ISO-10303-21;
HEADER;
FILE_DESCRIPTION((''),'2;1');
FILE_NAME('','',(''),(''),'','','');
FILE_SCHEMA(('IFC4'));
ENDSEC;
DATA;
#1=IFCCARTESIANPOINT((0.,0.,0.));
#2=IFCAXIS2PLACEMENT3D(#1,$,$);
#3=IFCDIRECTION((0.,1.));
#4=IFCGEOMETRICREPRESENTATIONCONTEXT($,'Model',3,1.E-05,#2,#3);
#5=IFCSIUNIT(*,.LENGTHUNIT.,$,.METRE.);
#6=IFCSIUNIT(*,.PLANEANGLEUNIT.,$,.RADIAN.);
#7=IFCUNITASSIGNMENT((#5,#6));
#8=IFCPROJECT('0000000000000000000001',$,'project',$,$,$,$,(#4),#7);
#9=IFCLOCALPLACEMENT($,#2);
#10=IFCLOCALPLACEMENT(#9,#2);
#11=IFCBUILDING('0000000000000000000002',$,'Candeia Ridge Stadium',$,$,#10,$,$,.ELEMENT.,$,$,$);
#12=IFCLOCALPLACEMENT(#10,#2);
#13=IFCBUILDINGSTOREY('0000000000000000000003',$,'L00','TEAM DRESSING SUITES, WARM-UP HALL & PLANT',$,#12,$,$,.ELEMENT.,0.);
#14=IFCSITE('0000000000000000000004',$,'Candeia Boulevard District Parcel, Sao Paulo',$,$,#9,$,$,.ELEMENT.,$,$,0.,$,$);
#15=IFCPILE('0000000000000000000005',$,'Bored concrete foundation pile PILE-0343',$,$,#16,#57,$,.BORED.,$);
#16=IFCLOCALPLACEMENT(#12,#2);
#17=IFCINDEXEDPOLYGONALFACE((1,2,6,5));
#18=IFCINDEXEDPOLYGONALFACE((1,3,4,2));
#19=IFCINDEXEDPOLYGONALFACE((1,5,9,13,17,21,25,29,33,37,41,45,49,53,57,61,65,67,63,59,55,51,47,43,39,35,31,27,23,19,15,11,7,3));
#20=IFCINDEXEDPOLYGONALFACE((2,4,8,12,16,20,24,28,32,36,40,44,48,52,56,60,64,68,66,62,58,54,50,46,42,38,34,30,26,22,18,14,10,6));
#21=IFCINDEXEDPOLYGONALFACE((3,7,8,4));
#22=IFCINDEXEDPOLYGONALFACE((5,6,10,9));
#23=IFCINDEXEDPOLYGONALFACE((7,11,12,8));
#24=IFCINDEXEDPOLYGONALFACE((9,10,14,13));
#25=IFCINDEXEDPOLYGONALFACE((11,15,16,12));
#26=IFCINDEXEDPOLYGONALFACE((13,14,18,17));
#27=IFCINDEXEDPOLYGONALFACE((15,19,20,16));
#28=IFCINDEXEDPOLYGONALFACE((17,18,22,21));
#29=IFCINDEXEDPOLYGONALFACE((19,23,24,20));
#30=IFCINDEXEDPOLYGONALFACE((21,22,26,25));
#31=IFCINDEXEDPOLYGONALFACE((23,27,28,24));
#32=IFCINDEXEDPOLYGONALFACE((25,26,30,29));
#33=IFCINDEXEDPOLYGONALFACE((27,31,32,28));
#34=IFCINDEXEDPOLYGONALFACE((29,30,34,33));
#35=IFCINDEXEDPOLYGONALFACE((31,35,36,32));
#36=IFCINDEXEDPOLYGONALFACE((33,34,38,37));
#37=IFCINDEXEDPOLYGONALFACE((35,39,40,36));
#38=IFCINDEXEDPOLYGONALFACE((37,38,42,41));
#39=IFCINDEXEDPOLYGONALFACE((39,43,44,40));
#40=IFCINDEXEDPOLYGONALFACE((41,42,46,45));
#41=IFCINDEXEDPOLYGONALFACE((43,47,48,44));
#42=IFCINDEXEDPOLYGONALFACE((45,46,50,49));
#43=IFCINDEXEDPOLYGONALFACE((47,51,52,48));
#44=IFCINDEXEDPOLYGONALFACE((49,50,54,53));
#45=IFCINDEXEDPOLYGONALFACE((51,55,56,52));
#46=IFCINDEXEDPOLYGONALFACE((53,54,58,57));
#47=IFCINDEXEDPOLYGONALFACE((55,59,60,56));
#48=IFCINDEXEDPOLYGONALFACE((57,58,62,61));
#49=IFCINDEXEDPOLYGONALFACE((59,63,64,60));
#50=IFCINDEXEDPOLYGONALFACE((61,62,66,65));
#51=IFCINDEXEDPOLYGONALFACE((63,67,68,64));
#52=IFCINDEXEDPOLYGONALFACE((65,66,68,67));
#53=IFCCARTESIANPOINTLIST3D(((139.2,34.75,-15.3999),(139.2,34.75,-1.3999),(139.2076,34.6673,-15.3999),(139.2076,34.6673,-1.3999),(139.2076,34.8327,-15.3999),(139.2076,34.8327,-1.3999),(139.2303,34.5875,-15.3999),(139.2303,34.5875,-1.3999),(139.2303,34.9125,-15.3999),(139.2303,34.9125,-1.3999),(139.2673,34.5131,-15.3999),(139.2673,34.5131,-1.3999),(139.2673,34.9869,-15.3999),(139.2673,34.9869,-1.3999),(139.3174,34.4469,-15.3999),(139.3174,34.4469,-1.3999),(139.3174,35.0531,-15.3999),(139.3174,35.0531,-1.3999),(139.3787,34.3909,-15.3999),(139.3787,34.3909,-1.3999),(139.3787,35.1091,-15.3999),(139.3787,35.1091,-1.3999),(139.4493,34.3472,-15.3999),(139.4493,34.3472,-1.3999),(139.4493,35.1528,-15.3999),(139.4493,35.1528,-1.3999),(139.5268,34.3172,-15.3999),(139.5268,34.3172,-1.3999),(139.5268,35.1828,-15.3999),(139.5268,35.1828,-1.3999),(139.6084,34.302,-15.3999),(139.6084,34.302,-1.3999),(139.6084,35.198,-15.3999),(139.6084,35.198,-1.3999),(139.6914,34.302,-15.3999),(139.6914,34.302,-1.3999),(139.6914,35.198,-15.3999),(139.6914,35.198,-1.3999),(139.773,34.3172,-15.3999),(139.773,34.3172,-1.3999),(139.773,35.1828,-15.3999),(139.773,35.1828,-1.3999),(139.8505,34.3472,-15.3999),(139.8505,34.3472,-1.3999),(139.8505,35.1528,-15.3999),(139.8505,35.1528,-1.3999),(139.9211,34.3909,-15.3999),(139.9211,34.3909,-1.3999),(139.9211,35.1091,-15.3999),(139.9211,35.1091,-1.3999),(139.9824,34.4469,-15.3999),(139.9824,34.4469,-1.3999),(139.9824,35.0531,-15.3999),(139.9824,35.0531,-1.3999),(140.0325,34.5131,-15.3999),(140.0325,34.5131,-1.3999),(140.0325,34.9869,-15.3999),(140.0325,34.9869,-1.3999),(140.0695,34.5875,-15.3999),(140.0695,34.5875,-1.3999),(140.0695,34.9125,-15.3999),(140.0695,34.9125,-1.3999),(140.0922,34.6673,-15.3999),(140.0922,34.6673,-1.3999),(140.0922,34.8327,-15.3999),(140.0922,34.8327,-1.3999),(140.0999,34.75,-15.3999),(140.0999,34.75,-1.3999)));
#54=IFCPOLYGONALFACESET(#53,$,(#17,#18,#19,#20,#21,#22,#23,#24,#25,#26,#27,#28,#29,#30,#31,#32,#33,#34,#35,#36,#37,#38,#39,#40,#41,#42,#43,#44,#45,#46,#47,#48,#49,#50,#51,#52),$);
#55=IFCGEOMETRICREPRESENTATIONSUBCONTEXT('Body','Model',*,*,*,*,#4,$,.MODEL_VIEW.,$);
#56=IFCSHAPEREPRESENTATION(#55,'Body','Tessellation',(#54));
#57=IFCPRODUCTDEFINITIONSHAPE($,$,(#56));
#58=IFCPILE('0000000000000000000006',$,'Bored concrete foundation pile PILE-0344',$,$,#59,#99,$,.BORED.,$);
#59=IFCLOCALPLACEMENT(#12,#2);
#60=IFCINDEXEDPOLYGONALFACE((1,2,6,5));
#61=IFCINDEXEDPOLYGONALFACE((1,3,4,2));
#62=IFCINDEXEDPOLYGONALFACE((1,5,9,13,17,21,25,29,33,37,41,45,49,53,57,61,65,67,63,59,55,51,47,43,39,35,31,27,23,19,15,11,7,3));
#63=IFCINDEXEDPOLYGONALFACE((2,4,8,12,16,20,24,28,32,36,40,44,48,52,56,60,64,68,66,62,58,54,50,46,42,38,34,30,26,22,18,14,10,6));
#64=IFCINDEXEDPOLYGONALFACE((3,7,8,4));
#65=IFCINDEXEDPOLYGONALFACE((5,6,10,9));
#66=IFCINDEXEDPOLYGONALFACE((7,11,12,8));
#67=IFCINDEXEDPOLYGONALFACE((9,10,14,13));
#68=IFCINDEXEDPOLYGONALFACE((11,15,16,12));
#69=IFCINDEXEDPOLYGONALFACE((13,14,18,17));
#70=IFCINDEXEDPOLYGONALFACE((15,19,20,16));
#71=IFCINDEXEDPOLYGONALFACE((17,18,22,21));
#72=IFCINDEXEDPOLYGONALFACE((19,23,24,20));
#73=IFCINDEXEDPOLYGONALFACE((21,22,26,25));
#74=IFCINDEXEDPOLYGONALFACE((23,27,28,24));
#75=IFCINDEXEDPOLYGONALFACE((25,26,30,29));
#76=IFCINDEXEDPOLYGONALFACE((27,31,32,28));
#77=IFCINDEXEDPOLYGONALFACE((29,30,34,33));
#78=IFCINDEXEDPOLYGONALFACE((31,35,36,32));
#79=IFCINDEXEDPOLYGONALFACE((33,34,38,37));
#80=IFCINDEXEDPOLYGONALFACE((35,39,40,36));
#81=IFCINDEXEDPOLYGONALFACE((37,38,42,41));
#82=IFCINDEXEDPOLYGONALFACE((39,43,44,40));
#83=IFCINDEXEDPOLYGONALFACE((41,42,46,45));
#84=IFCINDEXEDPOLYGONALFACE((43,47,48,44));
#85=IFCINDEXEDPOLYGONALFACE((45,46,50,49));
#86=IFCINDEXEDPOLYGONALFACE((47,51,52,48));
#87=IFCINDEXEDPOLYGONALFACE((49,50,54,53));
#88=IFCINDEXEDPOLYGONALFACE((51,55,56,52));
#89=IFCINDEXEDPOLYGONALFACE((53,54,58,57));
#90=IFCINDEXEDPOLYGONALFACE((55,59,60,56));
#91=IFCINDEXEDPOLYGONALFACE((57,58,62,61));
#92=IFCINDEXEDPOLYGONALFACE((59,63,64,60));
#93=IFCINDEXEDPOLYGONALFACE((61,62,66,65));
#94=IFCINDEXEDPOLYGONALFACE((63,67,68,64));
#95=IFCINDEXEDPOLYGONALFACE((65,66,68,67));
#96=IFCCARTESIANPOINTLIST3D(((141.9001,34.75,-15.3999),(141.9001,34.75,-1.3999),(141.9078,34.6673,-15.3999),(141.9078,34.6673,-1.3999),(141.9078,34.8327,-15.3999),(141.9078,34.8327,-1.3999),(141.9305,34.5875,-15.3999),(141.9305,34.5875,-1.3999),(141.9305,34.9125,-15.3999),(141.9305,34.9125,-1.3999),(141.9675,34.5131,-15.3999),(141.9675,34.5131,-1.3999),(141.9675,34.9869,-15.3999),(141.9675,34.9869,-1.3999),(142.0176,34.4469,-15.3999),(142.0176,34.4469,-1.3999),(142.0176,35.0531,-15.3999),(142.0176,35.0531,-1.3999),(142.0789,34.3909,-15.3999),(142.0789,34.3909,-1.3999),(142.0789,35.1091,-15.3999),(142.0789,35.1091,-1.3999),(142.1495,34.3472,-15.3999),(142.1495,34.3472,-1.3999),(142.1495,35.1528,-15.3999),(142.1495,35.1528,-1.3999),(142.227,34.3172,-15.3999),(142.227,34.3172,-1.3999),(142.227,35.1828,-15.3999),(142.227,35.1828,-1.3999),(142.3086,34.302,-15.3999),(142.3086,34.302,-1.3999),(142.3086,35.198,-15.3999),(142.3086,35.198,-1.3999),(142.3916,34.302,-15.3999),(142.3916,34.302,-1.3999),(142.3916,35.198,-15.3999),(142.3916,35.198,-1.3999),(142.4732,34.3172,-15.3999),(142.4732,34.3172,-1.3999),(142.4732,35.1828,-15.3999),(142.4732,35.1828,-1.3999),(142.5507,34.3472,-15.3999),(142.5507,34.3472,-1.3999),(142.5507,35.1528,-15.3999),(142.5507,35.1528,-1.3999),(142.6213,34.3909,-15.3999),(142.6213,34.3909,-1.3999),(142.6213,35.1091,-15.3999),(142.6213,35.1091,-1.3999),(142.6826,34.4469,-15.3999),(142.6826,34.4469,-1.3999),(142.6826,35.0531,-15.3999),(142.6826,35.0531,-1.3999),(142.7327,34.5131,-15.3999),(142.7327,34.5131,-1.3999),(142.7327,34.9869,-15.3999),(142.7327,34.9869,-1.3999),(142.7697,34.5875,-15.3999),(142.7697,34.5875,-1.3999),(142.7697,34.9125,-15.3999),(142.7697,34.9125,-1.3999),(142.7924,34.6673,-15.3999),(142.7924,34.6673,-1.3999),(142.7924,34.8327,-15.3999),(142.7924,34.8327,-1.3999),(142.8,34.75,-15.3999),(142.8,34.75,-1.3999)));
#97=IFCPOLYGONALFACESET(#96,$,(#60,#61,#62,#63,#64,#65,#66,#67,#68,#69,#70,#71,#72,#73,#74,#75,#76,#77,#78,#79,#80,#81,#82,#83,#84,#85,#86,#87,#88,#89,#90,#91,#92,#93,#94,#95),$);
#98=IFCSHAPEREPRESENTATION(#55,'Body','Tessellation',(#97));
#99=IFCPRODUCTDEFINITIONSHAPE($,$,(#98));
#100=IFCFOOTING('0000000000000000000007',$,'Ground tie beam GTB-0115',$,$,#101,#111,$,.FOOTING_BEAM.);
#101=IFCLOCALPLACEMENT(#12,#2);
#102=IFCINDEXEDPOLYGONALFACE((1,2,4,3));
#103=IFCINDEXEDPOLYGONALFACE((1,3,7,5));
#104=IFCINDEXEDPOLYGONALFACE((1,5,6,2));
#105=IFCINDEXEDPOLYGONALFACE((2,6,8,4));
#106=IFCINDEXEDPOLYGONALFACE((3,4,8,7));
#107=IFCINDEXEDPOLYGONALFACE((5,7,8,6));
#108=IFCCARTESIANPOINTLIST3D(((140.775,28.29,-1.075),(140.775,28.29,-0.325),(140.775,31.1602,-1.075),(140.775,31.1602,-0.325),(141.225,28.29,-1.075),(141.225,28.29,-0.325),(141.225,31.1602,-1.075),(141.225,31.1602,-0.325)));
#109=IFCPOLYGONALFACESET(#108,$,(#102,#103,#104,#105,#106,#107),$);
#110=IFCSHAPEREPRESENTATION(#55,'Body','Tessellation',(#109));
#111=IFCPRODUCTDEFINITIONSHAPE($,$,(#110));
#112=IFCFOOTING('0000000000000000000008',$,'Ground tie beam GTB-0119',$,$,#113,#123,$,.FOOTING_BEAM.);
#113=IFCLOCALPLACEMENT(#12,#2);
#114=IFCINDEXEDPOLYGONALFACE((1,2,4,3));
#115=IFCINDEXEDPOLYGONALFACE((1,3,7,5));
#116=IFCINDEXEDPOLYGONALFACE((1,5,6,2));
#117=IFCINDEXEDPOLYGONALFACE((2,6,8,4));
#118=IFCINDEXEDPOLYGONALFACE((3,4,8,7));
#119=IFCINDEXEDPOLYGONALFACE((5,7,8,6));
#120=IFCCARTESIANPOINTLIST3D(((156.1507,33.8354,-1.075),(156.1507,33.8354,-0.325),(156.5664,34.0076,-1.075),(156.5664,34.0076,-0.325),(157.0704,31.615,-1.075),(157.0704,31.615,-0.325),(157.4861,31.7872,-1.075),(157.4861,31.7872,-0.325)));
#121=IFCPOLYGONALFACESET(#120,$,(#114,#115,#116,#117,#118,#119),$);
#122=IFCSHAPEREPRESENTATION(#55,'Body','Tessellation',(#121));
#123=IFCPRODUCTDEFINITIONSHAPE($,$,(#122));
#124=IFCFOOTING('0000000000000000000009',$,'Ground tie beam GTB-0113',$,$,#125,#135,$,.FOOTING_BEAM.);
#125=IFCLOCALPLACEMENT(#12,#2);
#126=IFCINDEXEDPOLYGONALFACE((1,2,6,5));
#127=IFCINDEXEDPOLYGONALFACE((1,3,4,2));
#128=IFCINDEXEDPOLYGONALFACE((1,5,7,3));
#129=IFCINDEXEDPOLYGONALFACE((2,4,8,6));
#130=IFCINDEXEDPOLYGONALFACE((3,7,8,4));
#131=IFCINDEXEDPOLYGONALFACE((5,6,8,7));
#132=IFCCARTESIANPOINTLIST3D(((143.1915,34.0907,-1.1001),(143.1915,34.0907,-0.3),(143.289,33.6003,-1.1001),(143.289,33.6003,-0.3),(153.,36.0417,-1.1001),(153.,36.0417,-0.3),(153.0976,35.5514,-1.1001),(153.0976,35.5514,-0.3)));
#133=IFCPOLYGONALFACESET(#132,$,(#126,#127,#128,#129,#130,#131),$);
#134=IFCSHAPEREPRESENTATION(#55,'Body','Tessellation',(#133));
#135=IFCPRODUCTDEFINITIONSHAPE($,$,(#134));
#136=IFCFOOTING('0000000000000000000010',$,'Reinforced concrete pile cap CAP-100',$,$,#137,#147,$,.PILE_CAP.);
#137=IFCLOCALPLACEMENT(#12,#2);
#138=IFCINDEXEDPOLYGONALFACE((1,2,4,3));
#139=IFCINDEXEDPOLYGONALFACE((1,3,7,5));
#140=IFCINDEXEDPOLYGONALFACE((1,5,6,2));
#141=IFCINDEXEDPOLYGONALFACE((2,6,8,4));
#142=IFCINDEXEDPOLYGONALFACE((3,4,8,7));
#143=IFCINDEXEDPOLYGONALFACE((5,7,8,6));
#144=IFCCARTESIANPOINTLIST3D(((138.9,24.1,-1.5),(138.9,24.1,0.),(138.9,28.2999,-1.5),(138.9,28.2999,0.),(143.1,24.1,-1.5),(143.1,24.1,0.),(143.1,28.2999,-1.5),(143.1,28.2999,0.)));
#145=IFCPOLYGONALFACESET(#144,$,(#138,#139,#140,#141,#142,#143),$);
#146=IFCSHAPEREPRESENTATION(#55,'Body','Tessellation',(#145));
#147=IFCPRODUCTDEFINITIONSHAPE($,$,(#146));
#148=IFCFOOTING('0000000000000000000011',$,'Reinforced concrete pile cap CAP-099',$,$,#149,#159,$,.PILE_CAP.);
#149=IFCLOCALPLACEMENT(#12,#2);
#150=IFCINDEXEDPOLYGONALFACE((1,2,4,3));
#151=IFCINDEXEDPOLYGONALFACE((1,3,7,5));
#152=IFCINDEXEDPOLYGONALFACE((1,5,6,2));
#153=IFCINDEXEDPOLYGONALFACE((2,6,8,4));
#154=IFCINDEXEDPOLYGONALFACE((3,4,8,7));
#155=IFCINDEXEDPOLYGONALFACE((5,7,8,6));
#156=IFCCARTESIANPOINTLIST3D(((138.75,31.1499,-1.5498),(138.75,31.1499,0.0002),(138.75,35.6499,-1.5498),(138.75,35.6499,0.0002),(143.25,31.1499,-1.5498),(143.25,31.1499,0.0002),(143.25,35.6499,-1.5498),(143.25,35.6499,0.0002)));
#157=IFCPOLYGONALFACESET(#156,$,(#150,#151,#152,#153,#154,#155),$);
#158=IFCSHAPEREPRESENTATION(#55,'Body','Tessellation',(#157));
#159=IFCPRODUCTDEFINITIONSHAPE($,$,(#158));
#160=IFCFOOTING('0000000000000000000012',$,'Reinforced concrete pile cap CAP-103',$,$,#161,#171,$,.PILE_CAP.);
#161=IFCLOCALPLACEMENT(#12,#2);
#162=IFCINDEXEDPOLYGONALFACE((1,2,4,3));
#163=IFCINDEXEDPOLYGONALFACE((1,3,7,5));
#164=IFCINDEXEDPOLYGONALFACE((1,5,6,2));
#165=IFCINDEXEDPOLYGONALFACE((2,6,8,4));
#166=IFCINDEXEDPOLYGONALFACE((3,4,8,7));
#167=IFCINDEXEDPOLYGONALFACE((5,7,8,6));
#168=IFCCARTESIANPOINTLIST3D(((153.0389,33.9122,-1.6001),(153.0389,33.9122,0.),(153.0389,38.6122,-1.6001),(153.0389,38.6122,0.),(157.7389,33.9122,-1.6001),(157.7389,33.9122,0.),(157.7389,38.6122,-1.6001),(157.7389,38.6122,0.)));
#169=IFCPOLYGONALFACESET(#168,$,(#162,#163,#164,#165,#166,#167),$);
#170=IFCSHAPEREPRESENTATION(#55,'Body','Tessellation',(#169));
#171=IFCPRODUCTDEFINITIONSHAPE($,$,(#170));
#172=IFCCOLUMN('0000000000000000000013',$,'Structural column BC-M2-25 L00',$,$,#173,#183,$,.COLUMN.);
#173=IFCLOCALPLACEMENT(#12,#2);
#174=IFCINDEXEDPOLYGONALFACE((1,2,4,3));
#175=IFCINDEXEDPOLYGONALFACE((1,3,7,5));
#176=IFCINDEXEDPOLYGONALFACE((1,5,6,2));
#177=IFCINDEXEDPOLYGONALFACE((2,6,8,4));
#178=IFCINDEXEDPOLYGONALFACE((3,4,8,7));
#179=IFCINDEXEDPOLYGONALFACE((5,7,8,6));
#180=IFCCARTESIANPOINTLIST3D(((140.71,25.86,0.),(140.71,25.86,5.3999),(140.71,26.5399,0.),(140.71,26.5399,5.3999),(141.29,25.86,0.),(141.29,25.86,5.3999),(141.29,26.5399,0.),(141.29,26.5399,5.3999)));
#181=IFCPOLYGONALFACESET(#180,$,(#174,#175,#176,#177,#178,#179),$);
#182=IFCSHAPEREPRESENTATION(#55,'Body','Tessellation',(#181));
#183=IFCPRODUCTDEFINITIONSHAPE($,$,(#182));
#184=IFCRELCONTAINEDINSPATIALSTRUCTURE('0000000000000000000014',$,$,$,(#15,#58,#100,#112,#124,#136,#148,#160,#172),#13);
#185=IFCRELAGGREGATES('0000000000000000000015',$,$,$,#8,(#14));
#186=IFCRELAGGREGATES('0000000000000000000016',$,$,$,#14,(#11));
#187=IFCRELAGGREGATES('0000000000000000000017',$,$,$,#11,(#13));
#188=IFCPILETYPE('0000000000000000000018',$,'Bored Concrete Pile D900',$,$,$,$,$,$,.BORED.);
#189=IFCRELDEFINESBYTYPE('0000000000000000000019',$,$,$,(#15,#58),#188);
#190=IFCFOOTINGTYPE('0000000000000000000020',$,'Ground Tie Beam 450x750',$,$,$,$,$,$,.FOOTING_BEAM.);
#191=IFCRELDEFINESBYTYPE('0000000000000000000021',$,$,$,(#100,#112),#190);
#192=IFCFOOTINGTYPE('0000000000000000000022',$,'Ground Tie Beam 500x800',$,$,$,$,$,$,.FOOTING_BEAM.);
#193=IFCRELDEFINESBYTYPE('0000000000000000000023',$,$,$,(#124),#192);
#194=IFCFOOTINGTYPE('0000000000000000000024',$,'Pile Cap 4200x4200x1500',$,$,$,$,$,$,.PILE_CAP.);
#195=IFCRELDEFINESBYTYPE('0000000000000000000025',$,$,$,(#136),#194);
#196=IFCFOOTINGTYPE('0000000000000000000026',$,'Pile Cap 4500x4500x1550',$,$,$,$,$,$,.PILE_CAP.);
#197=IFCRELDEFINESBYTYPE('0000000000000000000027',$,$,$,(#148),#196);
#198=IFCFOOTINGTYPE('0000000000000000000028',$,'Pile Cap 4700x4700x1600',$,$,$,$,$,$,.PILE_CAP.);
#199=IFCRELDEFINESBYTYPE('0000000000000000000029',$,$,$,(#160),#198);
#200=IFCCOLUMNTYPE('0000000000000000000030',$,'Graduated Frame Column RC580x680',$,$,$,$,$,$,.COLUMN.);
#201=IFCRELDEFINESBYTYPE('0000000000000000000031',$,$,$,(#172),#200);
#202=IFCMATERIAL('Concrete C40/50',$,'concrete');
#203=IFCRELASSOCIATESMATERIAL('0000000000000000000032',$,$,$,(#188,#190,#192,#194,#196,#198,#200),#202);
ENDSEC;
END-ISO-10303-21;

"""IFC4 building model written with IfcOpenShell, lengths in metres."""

from ifc_helpers import new_model, si_unit, direction, frame, origin, origin_2d, place, context, subcontext, project, spatial, rectangle, circle, extrude, material, material_profile, profile_set, type_object, element, save


model = new_model("IFC4")

# Units and contexts
model_context = context("Model", 3, precision=1e-05, world=origin(), true_north=direction((0.0, 1.0)))
body_context = subcontext(model_context, "Body", "Model", "MODEL_VIEW")
ifc_project = project(units=[si_unit("LENGTHUNIT", "METRE"), si_unit("PLANEANGLEUNIT", "RADIAN")], contexts=[model_context])

# Site, building, storey
site_placement = place(None, origin())
site = spatial("IfcSite", under=ifc_project, at=site_placement, Name="Candeia Boulevard District Parcel, Sao Paulo", CompositionType="ELEMENT", RefElevation=0.0)
building_placement = place(site_placement, origin())
building = spatial("IfcBuilding", under=site, at=building_placement, Name="Candeia Ridge Stadium", CompositionType="ELEMENT")
storey_placement = place(building_placement, origin())
storey = spatial("IfcBuildingStorey", under=building, at=storey_placement, Name="L00", Description="TEAM DRESSING SUITES, WARM-UP HALL & PLANT", CompositionType="ELEMENT", Elevation=0.0)

# Piles
ifc_material_1 = material(Name="Concrete C40/50", Category="concrete")
ifc_material_profile_1 = material_profile(ifc_material_1, circle(Radius=0.45, at=origin_2d()), Name="PILE-D900", Category="concrete")
ifc_profile_set_1 = profile_set([ifc_material_profile_1], Name="Concrete C40/50")
pile_type_1 = type_object("IfcPileType", Name="Bored Concrete Pile D900", PredefinedType="BORED", material=ifc_profile_set_1)
for number, where, z_axis, x_axis, name in (
    (1, (139.6499, 34.75, -1.3999), (0.0, 0.0, -1.0), (1.0, 0.0, 0.0), "Bored concrete foundation pile PILE-0343"),
    (2, (142.3501, 34.75, -1.3999), (0.0, 0.0, -1.0), (1.0, 0.0, 0.0), "Bored concrete foundation pile PILE-0344"),
):
    element("IfcPile", number, at=place(storey_placement, frame(where, z_axis=z_axis, x_axis=x_axis)), inside=storey, type_object=pile_type_1, Name=name, PredefinedType="BORED", context=body_context, shape_type="SweptSolid", body=[
        extrude(circle(Radius=0.45, at=origin_2d()), origin(), (0.0, 0.0, 1.0), 14.0),
    ])

# Footings
footing_type_1 = type_object("IfcFootingType", Name="Ground Tie Beam 450x750", PredefinedType="FOOTING_BEAM", material=ifc_material_1)
footing_1_placement = place(storey_placement, frame((141.0, 29.7251, -1.075), z_axis=(0.0, 0.0, 1.0), x_axis=(0.0, -1.0, 0.0)))
element("IfcFooting", 3, at=footing_1_placement, inside=storey, type_object=footing_type_1, Name="Ground tie beam GTB-0115", PredefinedType="FOOTING_BEAM", context=body_context, shape_type="SweptSolid", body=[
    extrude(rectangle(XDim=2.8701, YDim=0.45, at=origin_2d()), origin(), (0.0, 0.0, 1.0), 0.75),
])
footing_2_placement = place(storey_placement, frame((156.8184, 32.8113, -1.075), z_axis=(0.0, 0.0, 1.0), x_axis=(0.382676, -0.923882, 0.0)))
element("IfcFooting", 4, at=footing_2_placement, inside=storey, type_object=footing_type_1, Name="Ground tie beam GTB-0119", PredefinedType="FOOTING_BEAM", context=body_context, shape_type="SweptSolid", body=[
    extrude(rectangle(XDim=2.4033, YDim=0.45, at=origin_2d()), origin(), (0.0, 0.0, 1.0), 0.75),
])
footing_type_2 = type_object("IfcFootingType", Name="Ground Tie Beam 500x800", PredefinedType="FOOTING_BEAM", material=ifc_material_1)
footing_3_placement = place(storey_placement, frame((148.1445, 34.821, -1.1001), z_axis=(0.0, 0.0, 1.0), x_axis=(0.980786, 0.195087, 0.0)))
element("IfcFooting", 5, at=footing_3_placement, inside=storey, type_object=footing_type_2, Name="Ground tie beam GTB-0113", PredefinedType="FOOTING_BEAM", context=body_context, shape_type="SweptSolid", body=[
    extrude(rectangle(XDim=10.0007, YDim=0.5, at=origin_2d()), origin(), (0.0, 0.0, 1.0), 0.8),
])
footing_type_3 = type_object("IfcFootingType", Name="Pile Cap 4200x4200x1500", PredefinedType="PILE_CAP", material=ifc_material_1)
footing_4_placement = place(storey_placement, frame((141.0, 26.2, -1.5), z_axis=(0.0, 0.0, 1.0), x_axis=(1.0, 0.0, 0.0)))
element("IfcFooting", 6, at=footing_4_placement, inside=storey, type_object=footing_type_3, Name="Reinforced concrete pile cap CAP-100", PredefinedType="PILE_CAP", context=body_context, shape_type="SweptSolid", body=[
    extrude(rectangle(XDim=4.2, YDim=4.2, at=origin_2d()), origin(), (0.0, 0.0, 1.0), 1.5),
])
footing_type_4 = type_object("IfcFootingType", Name="Pile Cap 4500x4500x1550", PredefinedType="PILE_CAP", material=ifc_material_1)
footing_5_placement = place(storey_placement, frame((141.0, 33.3999, -1.5498), z_axis=(0.0, 0.0, 1.0), x_axis=(1.0, 0.0, 0.0)))
element("IfcFooting", 7, at=footing_5_placement, inside=storey, type_object=footing_type_4, Name="Reinforced concrete pile cap CAP-099", PredefinedType="PILE_CAP", context=body_context, shape_type="SweptSolid", body=[
    extrude(rectangle(XDim=4.5, YDim=4.5, at=origin_2d()), origin(), (0.0, 0.0, 1.0), 1.55),
])
footing_type_5 = type_object("IfcFootingType", Name="Pile Cap 4700x4700x1600", PredefinedType="PILE_CAP", material=ifc_material_1)
footing_6_placement = place(storey_placement, frame((155.3889, 36.2622, -1.6001), z_axis=(0.0, 0.0, 1.0), x_axis=(1.0, 0.0, 0.0)))
element("IfcFooting", 8, at=footing_6_placement, inside=storey, type_object=footing_type_5, Name="Reinforced concrete pile cap CAP-103", PredefinedType="PILE_CAP", context=body_context, shape_type="SweptSolid", body=[
    extrude(rectangle(XDim=4.7, YDim=4.7, at=origin_2d()), origin(), (0.0, 0.0, 1.0), 1.6001),
])

# Column
ifc_material_profile_2 = material_profile(ifc_material_1, rectangle(XDim=0.5801, YDim=0.6799, at=origin_2d()), Name="RC580x680", Category="concrete")
ifc_profile_set_2 = profile_set([ifc_material_profile_2], Name="Concrete C40/50")
column_type_1 = type_object("IfcColumnType", Name="Graduated Frame Column RC580x680", PredefinedType="COLUMN", material=ifc_profile_set_2)
column_1_placement = place(storey_placement, frame((141.0, 26.2, 0.0), z_axis=(0.0, 0.0, 1.0), x_axis=(1.0, 0.0, 0.0)))
element("IfcColumn", 9, at=column_1_placement, inside=storey, type_object=column_type_1, Name="Structural column BC-M2-25 L00", PredefinedType="COLUMN", context=body_context, shape_type="SweptSolid", body=[
    extrude(rectangle(XDim=0.5801, YDim=0.6799, at=origin_2d()), origin(), (0.0, 0.0, 1.0), 5.3999),
])

save(model, "model.ifc")
